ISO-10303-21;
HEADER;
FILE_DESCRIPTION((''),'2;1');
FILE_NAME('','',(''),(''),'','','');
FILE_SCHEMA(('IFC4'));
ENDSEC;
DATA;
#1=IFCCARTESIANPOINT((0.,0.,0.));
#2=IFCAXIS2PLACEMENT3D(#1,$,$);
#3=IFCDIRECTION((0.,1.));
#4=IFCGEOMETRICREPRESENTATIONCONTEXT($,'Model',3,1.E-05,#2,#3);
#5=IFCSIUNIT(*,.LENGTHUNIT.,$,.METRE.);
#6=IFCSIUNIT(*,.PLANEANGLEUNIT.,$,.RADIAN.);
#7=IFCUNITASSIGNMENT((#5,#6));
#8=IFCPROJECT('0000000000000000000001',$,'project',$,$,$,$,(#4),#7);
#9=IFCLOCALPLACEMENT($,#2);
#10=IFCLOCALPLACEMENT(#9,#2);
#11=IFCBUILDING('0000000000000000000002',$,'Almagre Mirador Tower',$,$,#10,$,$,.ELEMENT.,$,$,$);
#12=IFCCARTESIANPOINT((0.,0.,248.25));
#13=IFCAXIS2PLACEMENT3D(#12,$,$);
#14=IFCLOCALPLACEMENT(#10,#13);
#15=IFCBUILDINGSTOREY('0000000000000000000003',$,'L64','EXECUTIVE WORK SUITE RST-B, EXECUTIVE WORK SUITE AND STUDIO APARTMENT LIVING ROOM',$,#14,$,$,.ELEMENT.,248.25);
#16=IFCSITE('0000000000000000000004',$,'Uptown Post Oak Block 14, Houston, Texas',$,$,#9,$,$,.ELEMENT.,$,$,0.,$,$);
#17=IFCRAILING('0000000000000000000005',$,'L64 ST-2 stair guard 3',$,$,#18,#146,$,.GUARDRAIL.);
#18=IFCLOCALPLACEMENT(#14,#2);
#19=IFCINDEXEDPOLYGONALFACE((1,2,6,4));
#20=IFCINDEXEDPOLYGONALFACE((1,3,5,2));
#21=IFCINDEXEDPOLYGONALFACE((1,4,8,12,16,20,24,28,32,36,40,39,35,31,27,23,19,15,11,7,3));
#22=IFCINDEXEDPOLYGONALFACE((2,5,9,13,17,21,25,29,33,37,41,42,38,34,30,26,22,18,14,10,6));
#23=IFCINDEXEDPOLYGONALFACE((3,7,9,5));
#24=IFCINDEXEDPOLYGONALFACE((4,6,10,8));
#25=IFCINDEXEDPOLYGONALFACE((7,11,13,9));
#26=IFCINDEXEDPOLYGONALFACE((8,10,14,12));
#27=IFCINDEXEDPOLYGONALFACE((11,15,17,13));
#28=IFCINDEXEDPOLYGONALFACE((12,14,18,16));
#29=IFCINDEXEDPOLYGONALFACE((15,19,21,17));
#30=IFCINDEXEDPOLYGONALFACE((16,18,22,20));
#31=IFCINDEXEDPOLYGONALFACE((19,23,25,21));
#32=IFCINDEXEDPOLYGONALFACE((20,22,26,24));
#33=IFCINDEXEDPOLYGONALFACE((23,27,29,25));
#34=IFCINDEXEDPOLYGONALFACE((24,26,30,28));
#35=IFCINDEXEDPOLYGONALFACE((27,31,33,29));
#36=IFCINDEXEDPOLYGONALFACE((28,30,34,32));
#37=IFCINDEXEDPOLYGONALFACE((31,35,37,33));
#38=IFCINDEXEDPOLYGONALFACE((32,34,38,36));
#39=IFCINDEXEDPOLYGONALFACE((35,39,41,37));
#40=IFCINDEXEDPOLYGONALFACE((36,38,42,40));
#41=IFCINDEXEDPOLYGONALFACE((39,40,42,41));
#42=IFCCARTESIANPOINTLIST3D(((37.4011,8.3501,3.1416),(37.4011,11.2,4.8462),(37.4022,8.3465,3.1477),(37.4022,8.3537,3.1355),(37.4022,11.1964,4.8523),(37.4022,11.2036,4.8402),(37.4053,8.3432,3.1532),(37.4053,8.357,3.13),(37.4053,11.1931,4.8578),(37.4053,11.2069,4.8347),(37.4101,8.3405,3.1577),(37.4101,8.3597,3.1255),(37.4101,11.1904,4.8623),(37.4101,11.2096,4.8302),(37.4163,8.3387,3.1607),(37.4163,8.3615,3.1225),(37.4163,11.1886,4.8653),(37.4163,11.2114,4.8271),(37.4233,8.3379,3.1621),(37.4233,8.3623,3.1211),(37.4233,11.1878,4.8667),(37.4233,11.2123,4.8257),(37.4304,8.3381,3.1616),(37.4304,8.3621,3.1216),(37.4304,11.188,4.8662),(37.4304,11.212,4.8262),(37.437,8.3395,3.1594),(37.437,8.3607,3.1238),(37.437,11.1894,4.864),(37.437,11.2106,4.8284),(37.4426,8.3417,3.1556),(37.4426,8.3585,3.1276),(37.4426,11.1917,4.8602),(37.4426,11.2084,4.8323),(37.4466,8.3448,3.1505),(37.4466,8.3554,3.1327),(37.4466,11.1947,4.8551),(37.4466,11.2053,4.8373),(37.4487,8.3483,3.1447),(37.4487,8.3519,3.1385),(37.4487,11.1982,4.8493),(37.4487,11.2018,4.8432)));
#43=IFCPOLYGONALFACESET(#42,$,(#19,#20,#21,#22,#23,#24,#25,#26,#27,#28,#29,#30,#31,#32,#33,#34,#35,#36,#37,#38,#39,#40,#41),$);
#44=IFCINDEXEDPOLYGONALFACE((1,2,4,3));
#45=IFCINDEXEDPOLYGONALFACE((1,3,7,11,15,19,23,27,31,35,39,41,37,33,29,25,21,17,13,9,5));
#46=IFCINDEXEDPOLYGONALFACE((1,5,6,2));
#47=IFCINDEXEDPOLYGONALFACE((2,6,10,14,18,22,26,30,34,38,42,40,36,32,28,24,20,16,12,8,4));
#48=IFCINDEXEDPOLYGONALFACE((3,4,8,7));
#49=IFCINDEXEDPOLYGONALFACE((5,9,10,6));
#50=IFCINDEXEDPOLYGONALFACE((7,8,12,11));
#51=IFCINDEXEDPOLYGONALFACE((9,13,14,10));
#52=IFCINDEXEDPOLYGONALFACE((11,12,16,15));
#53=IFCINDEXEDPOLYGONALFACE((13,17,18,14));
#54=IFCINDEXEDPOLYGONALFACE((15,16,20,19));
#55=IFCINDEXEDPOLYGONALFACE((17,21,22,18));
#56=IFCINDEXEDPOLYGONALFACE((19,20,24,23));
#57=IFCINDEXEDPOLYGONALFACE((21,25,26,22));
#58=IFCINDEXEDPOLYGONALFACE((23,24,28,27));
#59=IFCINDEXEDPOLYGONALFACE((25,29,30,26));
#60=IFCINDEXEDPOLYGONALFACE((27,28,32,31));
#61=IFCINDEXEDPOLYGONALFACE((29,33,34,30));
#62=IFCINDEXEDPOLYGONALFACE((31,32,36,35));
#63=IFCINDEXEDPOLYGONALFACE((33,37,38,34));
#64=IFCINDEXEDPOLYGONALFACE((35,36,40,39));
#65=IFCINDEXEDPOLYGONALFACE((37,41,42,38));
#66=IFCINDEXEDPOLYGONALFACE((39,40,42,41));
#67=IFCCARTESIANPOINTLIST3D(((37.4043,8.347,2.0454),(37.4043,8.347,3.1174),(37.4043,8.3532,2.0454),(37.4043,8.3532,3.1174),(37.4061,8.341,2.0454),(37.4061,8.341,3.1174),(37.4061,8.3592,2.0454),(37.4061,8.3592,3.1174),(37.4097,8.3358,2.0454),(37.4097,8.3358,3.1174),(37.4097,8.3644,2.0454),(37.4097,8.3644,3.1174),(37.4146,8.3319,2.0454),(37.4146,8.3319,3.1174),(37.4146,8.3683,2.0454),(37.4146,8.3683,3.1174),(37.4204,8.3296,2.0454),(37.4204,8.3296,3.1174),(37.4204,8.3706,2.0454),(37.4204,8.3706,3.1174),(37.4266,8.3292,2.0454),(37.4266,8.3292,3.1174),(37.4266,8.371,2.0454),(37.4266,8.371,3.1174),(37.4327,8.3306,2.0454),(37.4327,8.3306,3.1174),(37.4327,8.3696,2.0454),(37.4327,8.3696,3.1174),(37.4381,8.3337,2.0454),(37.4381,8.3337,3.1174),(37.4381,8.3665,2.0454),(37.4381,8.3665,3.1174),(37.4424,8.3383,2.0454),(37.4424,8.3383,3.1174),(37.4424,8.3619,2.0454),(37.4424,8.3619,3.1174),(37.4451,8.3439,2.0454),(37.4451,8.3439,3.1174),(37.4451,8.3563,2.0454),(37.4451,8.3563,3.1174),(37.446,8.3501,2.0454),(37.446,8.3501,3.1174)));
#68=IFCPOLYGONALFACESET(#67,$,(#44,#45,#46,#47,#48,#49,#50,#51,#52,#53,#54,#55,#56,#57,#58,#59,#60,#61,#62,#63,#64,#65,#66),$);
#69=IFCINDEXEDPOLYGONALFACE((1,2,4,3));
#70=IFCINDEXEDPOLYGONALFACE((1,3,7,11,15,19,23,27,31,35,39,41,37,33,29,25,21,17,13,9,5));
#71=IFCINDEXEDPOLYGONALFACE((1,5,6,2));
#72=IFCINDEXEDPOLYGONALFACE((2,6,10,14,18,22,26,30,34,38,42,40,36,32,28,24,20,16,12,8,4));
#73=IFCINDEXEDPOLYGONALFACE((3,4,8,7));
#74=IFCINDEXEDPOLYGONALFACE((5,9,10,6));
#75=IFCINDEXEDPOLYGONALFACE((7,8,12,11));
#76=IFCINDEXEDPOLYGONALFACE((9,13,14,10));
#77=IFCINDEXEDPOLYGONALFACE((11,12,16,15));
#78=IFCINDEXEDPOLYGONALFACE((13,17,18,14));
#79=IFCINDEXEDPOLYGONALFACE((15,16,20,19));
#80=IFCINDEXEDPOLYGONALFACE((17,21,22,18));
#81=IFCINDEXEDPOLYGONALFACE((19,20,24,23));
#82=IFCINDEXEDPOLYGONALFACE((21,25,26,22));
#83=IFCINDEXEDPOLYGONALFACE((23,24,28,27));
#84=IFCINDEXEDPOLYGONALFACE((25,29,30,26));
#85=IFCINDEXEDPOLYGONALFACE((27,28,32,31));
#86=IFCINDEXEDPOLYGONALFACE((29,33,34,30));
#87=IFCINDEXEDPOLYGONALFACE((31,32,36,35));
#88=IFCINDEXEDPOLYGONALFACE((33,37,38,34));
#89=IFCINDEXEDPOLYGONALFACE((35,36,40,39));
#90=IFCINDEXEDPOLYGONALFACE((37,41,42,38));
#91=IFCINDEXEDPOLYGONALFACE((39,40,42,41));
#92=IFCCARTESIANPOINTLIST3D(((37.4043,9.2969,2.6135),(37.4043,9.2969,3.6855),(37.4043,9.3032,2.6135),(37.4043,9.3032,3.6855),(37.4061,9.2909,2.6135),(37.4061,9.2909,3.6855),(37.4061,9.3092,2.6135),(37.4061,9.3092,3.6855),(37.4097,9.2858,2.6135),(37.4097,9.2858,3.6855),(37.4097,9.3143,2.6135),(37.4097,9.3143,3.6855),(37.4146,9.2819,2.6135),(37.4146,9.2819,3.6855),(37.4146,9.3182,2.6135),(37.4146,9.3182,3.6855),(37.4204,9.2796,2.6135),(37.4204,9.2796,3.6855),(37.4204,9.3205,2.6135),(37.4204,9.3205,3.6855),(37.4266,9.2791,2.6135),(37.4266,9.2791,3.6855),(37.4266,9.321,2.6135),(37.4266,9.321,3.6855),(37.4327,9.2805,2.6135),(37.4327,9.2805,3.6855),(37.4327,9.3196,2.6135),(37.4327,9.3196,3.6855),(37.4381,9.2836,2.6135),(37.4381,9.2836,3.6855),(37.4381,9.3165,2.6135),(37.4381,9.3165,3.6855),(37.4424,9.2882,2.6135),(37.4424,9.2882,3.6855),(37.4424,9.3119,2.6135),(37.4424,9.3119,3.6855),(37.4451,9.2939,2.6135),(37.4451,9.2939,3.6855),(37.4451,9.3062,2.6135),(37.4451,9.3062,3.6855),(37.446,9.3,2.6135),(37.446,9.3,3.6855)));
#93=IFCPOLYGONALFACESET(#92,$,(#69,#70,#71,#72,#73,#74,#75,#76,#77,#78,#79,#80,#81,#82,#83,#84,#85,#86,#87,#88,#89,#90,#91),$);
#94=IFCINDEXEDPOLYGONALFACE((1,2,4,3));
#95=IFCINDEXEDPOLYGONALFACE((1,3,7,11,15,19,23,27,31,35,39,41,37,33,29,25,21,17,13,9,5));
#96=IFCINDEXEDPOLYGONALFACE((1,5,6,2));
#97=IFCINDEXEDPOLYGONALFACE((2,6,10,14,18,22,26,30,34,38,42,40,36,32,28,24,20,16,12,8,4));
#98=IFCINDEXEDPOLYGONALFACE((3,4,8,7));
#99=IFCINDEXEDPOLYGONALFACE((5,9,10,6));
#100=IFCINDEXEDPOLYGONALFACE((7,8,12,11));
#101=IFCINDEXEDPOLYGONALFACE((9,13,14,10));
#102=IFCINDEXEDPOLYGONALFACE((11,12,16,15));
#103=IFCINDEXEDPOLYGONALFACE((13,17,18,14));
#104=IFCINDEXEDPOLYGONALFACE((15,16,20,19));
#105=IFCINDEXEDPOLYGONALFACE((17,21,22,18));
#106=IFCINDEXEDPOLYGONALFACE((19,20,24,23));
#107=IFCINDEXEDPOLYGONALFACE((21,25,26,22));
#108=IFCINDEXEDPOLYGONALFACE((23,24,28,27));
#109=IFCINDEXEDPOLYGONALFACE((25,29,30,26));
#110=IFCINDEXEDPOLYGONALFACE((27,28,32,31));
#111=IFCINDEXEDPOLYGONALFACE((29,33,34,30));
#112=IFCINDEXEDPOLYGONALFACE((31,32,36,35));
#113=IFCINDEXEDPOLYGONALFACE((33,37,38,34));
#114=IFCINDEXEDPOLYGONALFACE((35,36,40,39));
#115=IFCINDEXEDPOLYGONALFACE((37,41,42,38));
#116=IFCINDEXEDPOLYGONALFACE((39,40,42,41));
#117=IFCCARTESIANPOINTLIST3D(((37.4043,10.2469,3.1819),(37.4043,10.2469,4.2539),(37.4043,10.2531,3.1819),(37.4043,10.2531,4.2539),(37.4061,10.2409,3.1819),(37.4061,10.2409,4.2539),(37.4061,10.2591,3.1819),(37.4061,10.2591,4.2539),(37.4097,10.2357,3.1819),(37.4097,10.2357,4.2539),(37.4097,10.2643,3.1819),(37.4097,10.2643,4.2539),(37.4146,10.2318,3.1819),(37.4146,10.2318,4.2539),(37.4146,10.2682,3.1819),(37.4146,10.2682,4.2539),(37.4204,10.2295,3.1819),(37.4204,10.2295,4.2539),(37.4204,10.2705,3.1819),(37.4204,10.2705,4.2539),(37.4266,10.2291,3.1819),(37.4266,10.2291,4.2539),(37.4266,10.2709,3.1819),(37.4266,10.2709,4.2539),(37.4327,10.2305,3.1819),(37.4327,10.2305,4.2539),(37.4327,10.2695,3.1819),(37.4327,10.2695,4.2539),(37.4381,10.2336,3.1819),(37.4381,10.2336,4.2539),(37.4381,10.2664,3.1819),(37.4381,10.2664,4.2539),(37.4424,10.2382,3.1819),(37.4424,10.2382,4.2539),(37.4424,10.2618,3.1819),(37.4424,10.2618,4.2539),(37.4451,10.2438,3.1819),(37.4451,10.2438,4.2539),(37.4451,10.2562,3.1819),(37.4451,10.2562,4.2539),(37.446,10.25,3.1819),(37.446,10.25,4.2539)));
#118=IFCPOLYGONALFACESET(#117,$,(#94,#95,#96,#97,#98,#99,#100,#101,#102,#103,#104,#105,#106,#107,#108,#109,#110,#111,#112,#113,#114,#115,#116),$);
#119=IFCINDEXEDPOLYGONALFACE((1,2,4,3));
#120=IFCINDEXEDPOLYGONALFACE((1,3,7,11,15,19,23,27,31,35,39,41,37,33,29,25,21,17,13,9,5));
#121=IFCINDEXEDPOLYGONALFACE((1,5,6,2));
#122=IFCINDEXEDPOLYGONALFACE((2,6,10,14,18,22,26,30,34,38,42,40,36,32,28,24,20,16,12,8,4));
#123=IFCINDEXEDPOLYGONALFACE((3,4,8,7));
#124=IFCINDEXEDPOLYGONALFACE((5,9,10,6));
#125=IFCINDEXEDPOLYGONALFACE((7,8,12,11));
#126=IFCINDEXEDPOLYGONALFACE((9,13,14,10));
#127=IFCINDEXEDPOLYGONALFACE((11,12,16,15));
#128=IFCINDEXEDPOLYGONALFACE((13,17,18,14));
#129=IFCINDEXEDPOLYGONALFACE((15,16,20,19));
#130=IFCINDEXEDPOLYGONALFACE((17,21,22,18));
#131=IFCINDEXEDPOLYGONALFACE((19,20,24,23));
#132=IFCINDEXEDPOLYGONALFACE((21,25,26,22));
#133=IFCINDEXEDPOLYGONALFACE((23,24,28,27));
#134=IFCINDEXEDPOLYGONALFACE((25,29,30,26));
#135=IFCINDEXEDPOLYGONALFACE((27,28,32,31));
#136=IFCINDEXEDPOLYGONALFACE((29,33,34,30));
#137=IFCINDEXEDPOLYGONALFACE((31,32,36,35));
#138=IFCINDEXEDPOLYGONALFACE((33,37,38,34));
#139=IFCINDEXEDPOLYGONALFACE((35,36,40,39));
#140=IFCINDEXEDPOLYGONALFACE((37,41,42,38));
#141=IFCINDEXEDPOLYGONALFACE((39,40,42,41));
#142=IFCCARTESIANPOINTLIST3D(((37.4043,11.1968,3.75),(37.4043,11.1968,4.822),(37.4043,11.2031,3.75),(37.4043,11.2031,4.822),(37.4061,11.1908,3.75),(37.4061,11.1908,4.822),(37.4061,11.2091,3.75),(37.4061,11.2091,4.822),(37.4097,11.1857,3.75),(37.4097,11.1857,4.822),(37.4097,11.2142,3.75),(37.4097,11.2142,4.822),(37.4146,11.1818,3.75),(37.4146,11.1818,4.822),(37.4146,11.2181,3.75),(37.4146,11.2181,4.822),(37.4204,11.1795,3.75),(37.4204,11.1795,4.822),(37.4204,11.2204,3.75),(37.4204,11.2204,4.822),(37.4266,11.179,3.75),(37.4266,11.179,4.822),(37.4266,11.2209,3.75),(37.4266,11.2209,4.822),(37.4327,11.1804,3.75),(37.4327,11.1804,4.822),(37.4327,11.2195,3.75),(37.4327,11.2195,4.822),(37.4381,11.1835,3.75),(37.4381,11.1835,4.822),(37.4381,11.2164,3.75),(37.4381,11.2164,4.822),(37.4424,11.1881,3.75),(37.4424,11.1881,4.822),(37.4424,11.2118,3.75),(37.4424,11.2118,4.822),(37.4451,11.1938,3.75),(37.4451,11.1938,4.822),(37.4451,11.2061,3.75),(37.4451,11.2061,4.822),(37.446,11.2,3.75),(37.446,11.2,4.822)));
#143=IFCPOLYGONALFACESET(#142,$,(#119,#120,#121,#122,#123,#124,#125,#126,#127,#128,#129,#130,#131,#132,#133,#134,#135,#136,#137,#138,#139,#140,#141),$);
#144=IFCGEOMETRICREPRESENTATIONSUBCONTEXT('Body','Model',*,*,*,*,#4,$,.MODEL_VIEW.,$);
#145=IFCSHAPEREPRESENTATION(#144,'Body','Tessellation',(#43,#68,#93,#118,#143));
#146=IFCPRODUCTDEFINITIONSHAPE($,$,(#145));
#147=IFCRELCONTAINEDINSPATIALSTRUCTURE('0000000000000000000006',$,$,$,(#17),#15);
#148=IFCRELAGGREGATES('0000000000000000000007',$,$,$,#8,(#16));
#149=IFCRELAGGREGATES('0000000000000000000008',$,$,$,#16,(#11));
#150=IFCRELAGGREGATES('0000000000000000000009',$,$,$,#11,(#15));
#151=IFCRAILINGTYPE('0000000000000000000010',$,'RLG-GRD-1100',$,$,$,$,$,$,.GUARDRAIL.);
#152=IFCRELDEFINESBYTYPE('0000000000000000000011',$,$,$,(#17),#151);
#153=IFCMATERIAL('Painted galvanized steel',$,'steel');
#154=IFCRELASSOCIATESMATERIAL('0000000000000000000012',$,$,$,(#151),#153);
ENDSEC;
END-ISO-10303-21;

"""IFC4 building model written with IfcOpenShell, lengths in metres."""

from ifc_helpers import new_model, si_unit, direction, frame, origin, origin_2d, place, context, subcontext, project, spatial, circle, extrude, material, type_object, element, save


model = new_model("IFC4")

# Units and contexts
model_context = context("Model", 3, precision=1e-05, world=origin(), true_north=direction((0.0, 1.0)))
body_context = subcontext(model_context, "Body", "Model", "MODEL_VIEW")
ifc_project = project(units=[si_unit("LENGTHUNIT", "METRE"), si_unit("PLANEANGLEUNIT", "RADIAN")], contexts=[model_context])

# Site, building, storey
site_placement = place(None, origin())
site = spatial("IfcSite", under=ifc_project, at=site_placement, Name="Uptown Post Oak Block 14, Houston, Texas", CompositionType="ELEMENT", RefElevation=0.0)
building_placement = place(site_placement, origin())
building = spatial("IfcBuilding", under=site, at=building_placement, Name="Almagre Mirador Tower", CompositionType="ELEMENT")
storey_placement = place(building_placement, frame((0.0, 0.0, 248.25)))
storey = spatial("IfcBuildingStorey", under=building, at=storey_placement, Name="L64", Description="EXECUTIVE WORK SUITE RST-B, EXECUTIVE WORK SUITE AND STUDIO APARTMENT LIVING ROOM", CompositionType="ELEMENT", Elevation=248.25)

# Railing
ifc_material_1 = material(Name="Painted galvanized steel", Category="steel")
railing_type_1 = type_object("IfcRailingType", Name="RLG-GRD-1100", PredefinedType="GUARDRAIL", material=ifc_material_1)
railing_1_placement = place(storey_placement, frame((37.425, 8.3501, 2.0454)))
element("IfcRailing", 1, at=railing_1_placement, inside=storey, type_object=railing_type_1, Name="L64 ST-2 stair guard 3", PredefinedType="GUARDRAIL", context=body_context, shape_type="SweptSolid", body=[
    extrude(circle(Radius=0.0239, at=origin_2d()), frame((0.0, 0.0, 1.0962), z_axis=(0.0, 0.858199, 0.513317), x_axis=(-1.0, 0.0, 0.0)), (0.0, 0.0, 1.0), 3.3208),
    extrude(circle(Radius=0.021, at=origin_2d()), origin(), (0.0, 0.0, 1.0), 1.072),
    extrude(circle(Radius=0.021, at=origin_2d()), frame((0.0, 0.95, 0.5681)), (0.0, 0.0, 1.0), 1.072),
    extrude(circle(Radius=0.021, at=origin_2d()), frame((0.0, 1.8999, 1.1365)), (0.0, 0.0, 1.0), 1.072),
    extrude(circle(Radius=0.021, at=origin_2d()), frame((0.0, 2.8499, 1.7046)), (0.0, 0.0, 1.0), 1.072),
])

save(model, "model.ifc")
